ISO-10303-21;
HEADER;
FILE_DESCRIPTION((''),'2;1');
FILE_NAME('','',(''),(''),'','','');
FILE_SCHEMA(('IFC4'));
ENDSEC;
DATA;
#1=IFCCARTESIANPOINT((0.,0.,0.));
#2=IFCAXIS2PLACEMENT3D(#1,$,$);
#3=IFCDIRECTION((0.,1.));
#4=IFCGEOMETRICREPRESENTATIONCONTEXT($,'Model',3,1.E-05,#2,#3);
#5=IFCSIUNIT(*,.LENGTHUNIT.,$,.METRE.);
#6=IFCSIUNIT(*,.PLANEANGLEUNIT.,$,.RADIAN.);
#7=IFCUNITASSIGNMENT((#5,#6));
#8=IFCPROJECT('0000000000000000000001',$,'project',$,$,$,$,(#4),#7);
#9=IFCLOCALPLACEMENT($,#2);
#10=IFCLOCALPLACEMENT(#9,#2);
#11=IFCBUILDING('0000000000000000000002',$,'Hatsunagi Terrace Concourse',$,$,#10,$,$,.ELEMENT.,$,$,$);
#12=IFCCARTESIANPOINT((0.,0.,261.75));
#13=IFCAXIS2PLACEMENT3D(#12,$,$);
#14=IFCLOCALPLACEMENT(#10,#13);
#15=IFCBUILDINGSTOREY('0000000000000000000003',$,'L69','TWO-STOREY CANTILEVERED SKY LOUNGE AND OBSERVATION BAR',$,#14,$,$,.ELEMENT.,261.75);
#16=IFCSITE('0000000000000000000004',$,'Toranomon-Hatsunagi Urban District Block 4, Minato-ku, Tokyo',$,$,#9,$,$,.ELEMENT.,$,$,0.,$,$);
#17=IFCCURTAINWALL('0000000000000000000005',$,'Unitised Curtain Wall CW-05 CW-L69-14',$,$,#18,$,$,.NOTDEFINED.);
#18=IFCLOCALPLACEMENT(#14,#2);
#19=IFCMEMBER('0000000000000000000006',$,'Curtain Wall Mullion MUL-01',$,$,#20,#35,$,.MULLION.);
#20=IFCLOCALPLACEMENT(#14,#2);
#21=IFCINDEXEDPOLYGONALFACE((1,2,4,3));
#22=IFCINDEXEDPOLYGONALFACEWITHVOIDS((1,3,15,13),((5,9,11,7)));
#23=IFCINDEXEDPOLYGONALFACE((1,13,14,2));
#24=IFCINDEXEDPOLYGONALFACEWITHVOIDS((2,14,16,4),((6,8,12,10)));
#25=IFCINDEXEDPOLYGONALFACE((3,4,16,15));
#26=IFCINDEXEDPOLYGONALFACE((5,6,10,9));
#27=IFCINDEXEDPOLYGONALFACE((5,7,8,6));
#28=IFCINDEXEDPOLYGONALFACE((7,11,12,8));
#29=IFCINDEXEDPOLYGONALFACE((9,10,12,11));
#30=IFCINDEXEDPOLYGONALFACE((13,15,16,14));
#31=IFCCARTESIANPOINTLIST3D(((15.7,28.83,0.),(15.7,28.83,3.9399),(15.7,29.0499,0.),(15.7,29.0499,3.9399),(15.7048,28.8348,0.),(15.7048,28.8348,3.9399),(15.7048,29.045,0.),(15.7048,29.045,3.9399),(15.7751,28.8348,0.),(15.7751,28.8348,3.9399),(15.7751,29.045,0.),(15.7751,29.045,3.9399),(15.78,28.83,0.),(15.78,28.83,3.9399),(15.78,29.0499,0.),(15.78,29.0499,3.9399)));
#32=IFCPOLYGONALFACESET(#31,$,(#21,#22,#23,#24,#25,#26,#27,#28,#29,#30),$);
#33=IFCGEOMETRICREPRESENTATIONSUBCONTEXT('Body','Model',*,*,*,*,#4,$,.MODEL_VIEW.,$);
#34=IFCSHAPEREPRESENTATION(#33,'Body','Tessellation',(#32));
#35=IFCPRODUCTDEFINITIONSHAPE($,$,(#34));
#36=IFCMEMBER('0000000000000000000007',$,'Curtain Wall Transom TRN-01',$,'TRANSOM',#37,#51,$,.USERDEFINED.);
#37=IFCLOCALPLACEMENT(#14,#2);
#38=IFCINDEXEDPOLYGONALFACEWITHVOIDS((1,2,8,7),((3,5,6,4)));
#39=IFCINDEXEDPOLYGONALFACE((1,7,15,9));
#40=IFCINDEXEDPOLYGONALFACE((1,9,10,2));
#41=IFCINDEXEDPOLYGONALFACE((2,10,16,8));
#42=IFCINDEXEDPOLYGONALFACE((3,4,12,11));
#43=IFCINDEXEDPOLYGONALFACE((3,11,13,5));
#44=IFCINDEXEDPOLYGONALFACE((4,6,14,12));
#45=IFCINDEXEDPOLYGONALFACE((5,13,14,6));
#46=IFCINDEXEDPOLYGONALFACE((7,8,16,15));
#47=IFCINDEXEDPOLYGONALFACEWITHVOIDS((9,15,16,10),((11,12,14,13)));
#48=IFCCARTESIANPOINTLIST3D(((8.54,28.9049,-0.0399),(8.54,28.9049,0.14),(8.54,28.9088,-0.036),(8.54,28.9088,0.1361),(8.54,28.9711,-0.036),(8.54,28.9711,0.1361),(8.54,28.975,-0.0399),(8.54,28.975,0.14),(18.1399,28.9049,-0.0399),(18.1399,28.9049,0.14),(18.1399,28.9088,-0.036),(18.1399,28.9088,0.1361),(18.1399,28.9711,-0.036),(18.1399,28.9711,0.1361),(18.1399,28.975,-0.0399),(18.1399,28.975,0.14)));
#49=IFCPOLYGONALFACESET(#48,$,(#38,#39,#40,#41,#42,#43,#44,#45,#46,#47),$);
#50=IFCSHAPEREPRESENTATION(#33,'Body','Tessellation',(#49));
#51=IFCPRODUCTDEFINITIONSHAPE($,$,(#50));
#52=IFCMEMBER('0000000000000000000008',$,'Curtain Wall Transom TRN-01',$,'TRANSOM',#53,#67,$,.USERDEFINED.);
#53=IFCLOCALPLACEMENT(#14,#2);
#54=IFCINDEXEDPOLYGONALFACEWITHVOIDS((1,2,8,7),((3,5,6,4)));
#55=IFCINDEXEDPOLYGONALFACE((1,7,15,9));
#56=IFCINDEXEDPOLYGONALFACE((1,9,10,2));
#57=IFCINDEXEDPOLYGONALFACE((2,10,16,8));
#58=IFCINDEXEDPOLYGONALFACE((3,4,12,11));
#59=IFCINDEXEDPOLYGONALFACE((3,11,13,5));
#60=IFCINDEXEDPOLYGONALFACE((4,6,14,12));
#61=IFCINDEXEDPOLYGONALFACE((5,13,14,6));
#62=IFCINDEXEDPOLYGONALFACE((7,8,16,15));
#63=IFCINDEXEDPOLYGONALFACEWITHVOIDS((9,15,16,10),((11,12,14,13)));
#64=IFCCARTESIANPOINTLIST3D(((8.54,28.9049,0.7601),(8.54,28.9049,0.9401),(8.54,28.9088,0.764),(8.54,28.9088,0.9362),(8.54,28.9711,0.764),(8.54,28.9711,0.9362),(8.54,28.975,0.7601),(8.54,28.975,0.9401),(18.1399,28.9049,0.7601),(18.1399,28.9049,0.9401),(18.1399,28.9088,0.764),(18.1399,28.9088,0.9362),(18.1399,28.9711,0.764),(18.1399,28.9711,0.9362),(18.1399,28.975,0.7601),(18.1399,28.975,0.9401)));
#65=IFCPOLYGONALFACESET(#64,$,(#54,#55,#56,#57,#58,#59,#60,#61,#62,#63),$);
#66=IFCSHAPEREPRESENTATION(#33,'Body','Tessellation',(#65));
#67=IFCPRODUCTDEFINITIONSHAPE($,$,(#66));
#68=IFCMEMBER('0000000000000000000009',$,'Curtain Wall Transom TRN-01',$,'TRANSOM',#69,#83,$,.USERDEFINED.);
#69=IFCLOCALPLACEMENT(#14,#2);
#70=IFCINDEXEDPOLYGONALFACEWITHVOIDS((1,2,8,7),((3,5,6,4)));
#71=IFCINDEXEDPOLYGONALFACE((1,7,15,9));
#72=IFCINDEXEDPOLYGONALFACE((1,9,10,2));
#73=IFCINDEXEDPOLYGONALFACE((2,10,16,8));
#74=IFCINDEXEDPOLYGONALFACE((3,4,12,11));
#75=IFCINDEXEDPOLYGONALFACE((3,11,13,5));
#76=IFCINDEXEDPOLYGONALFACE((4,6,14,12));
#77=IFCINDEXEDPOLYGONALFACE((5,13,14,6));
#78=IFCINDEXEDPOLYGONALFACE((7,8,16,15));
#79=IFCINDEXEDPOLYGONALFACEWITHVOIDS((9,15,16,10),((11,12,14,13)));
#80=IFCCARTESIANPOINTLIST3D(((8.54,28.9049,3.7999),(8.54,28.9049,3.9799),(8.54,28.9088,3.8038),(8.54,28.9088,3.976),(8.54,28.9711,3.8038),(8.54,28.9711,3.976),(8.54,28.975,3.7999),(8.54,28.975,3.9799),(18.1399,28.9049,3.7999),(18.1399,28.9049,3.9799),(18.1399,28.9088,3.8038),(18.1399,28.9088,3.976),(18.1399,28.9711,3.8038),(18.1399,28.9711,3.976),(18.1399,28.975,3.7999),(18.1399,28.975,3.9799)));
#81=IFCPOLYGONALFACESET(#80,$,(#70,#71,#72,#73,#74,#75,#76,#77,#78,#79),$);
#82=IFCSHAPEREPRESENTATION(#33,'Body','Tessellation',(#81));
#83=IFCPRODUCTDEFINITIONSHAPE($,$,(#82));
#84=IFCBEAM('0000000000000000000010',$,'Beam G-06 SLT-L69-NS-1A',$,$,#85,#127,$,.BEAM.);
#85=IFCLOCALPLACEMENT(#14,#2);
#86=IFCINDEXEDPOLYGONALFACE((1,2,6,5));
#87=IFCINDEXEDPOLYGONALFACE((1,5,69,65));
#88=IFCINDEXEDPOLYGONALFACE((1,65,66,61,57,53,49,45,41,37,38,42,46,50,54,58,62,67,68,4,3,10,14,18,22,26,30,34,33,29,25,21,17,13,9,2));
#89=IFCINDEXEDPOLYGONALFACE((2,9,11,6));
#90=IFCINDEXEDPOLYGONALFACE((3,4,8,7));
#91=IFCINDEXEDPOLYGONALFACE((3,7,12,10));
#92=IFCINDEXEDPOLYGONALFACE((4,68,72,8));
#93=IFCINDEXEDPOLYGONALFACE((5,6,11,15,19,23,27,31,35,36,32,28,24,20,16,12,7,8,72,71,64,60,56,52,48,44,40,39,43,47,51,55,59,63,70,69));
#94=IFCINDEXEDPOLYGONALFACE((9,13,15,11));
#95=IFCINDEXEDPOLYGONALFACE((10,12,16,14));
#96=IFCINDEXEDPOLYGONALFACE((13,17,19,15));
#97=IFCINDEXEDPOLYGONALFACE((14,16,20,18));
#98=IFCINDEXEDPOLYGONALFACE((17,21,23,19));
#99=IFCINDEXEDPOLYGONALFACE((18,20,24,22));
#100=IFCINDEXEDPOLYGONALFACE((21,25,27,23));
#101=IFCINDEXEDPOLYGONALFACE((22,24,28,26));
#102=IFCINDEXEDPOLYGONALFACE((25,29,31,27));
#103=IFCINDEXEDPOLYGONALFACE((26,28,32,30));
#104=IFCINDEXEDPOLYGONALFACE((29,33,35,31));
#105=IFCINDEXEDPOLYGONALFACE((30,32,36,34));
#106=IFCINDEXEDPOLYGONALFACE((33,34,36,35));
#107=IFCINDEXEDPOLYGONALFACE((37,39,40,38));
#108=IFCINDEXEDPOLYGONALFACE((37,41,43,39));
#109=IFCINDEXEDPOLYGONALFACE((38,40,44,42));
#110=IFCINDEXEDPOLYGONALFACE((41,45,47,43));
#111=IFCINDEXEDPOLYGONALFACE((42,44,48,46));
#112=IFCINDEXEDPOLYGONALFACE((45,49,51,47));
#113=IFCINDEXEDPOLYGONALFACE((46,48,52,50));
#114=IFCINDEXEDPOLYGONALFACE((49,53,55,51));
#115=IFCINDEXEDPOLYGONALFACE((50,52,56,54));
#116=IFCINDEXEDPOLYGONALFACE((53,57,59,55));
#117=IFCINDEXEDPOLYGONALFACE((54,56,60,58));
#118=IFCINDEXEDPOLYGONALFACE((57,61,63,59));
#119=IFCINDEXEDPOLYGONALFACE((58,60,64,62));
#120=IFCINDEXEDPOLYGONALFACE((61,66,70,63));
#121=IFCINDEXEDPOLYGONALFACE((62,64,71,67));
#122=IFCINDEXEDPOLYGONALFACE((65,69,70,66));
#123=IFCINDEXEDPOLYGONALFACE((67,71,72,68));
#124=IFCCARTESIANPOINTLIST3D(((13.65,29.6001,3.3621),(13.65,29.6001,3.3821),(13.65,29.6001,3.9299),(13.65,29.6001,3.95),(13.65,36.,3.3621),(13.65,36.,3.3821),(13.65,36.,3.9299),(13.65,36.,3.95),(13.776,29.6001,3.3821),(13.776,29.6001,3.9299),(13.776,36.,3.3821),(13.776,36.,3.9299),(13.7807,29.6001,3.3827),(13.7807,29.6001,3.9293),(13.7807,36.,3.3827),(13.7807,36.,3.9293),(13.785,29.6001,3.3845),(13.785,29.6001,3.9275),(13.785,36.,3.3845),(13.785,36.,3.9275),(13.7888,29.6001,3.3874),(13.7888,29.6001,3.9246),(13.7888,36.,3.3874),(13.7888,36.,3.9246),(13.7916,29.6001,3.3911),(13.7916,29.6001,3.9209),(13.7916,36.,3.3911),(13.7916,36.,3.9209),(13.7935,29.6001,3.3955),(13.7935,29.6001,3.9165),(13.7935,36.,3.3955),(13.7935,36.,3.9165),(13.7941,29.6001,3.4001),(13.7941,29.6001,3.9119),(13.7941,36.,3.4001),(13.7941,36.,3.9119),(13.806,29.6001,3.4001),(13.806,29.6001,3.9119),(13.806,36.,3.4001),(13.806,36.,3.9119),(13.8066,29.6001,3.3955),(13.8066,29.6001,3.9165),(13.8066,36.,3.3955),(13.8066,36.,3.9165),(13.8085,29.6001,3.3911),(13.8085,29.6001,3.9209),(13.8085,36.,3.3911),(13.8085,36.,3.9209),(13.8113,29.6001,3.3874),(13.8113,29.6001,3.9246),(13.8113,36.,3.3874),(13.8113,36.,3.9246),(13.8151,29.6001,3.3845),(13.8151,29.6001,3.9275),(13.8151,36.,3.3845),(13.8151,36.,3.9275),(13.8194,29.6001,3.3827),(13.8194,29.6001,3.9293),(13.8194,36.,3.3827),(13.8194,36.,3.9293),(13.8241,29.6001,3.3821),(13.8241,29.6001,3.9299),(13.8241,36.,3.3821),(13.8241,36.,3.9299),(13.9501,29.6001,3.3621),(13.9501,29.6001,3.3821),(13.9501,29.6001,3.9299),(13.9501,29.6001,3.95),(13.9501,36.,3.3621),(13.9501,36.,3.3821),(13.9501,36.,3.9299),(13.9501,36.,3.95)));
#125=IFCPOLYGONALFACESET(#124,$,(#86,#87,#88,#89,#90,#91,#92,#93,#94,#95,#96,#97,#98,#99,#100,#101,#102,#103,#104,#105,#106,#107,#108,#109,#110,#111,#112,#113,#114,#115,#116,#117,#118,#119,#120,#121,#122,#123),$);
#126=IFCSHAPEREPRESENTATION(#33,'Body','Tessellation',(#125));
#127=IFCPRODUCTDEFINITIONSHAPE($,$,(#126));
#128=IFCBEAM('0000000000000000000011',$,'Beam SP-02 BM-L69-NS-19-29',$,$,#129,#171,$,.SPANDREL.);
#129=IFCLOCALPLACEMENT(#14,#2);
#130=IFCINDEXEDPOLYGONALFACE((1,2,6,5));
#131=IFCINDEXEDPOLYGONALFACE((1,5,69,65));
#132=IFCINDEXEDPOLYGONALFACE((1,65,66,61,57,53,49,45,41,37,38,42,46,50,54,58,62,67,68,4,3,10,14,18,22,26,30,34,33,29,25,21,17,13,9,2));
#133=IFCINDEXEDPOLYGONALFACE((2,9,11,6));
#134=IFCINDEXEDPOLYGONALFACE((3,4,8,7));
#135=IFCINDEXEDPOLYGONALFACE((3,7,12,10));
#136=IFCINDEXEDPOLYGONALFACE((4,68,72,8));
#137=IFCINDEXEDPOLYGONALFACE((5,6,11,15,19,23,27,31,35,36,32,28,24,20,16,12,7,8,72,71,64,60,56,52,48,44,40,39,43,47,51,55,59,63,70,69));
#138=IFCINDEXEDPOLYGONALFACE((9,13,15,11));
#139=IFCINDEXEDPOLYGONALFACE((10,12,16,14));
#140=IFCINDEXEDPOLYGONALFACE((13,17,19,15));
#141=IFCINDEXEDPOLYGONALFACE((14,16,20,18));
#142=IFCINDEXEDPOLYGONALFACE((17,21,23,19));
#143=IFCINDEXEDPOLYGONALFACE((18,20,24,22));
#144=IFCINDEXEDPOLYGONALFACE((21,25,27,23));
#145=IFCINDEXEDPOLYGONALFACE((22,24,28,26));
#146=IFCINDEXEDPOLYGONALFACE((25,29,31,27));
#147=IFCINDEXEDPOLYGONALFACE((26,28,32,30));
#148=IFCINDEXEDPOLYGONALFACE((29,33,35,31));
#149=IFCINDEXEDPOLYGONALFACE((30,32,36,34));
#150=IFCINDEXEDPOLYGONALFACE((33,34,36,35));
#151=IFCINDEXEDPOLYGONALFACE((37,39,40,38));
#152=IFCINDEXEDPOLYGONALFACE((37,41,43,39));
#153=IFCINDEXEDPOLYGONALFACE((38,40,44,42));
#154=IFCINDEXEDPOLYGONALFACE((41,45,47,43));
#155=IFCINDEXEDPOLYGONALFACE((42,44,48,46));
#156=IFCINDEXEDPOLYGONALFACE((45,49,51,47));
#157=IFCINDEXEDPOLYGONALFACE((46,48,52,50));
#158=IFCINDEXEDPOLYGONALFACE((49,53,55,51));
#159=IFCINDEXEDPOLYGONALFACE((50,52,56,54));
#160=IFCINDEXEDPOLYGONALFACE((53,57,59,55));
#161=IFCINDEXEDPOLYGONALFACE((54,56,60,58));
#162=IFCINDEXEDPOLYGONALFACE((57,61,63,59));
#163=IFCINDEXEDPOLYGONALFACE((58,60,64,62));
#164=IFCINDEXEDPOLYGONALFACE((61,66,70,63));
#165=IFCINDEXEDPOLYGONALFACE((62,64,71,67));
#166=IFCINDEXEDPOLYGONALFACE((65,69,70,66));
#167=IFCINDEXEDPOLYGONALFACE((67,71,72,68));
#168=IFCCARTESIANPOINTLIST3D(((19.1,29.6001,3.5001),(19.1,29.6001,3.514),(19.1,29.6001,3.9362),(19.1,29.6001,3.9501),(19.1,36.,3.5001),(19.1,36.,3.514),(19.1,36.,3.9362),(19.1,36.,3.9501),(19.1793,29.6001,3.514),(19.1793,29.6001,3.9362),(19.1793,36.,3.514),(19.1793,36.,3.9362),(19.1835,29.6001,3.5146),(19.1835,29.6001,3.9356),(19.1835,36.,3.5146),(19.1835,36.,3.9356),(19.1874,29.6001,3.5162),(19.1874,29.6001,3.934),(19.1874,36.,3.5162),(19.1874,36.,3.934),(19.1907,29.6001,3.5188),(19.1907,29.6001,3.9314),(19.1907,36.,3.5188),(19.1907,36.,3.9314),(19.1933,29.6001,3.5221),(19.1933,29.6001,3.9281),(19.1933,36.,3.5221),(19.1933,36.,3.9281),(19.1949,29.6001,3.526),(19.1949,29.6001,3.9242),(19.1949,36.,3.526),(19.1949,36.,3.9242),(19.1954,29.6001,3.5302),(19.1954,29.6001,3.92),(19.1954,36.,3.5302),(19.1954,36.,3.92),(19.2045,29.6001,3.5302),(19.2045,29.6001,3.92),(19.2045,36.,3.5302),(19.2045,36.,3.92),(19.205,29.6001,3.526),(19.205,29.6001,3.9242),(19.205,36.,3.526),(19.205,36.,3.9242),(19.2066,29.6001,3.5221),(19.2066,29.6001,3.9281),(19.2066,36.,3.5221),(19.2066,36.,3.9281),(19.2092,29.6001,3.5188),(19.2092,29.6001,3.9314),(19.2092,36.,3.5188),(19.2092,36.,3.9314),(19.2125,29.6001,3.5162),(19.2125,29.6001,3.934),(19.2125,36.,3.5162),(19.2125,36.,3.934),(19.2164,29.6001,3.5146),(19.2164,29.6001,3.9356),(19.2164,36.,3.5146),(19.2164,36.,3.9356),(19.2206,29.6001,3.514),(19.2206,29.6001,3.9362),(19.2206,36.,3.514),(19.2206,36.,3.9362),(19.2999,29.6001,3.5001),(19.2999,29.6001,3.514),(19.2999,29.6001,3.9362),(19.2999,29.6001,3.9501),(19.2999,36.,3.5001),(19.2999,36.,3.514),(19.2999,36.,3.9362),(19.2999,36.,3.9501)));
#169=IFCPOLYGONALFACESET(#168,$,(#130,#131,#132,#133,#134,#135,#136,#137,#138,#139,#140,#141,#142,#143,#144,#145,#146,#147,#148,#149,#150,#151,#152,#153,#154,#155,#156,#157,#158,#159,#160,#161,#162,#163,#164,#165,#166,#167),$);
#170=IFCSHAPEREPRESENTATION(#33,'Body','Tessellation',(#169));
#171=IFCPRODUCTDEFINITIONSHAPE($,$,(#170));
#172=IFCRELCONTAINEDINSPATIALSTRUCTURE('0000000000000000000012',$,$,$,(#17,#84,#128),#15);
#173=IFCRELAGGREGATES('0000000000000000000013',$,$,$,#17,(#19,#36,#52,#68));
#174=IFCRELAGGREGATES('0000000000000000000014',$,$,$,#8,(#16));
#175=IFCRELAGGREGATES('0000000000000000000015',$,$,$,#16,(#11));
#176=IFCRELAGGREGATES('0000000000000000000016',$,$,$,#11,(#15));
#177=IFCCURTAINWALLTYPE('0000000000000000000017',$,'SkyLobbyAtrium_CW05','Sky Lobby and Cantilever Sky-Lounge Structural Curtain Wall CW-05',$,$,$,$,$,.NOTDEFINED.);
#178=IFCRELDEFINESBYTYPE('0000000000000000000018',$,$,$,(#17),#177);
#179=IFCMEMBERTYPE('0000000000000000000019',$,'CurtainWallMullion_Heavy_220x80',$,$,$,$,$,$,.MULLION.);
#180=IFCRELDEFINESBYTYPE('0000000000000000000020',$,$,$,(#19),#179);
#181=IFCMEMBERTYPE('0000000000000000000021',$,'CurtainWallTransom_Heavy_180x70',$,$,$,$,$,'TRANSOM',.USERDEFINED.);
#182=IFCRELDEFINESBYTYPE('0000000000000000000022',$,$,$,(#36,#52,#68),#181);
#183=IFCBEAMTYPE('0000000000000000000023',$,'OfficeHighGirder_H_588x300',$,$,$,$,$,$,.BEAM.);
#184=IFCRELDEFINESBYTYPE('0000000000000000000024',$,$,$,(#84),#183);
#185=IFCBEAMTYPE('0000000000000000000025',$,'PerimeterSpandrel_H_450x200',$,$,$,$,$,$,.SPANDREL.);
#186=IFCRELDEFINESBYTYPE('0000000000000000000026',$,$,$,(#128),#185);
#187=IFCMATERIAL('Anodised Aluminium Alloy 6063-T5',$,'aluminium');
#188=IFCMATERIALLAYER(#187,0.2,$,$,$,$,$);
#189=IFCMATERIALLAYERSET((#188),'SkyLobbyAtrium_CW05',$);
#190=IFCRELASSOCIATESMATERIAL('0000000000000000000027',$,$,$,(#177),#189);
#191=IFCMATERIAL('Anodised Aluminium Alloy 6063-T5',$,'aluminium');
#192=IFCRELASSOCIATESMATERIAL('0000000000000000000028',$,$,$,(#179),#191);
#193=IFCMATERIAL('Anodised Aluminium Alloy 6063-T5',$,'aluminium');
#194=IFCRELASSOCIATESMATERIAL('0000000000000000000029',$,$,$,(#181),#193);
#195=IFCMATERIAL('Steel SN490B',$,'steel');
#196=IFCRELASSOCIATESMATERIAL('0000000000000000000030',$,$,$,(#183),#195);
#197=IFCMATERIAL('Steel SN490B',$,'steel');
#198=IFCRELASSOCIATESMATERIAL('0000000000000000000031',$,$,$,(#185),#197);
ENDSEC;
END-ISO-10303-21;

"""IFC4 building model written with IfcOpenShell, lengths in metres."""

from ifc_helpers import new_model, si_unit, direction, frame, origin, origin_2d, place, context, subcontext, project, spatial, hollow_rectangle, i_section, extrude, material, layer, layer_set, material_profile, profile_set, type_object, element, aggregate, save


model = new_model("IFC4")

# Units and contexts
model_context = context("Model", 3, precision=1e-05, world=origin(), true_north=direction((0.0, 1.0)))
body_context = subcontext(model_context, "Body", "Model", "MODEL_VIEW")
ifc_project = project(units=[si_unit("LENGTHUNIT", "METRE"), si_unit("PLANEANGLEUNIT", "RADIAN")], contexts=[model_context])

# Site, building, storey
site_placement = place(None, origin())
site = spatial("IfcSite", under=ifc_project, at=site_placement, Name="Toranomon-Hatsunagi Urban District Block 4, Minato-ku, Tokyo", CompositionType="ELEMENT", RefElevation=0.0)
building_placement = place(site_placement, origin())
building = spatial("IfcBuilding", under=site, at=building_placement, Name="Hatsunagi Terrace Concourse", CompositionType="ELEMENT")
storey_placement = place(building_placement, frame((0.0, 0.0, 261.75)))
storey = spatial("IfcBuildingStorey", under=building, at=storey_placement, Name="L69", Description="TWO-STOREY CANTILEVERED SKY LOUNGE AND OBSERVATION BAR", CompositionType="ELEMENT", Elevation=261.75)

# Shared definitions
ifc_material_1 = material(Name="Anodised Aluminium Alloy 6063-T5", Category="aluminium")
ifc_layer_1 = layer(ifc_material_1, 0.2)
ifc_layer_set_1 = layer_set([ifc_layer_1], Name="SkyLobbyAtrium_CW05")
curtain_wall_type = type_object("IfcCurtainWallType", Name="SkyLobbyAtrium_CW05", Description="Sky Lobby and Cantilever Sky-Lounge Structural Curtain Wall CW-05", PredefinedType="NOTDEFINED", material=ifc_layer_set_1)
ifc_material_2 = material(Name="Anodised Aluminium Alloy 6063-T5", Category="aluminium")
ifc_material_profile_1 = material_profile(ifc_material_2, hollow_rectangle(XDim=0.0801, YDim=0.22, WallThickness=0.0049, at=origin_2d()), Name="ALU-MUL-220x80x5")
ifc_profile_set_1 = profile_set([ifc_material_profile_1], Name="Anodised Aluminium Alloy 6063-T5")
member_type_1 = type_object("IfcMemberType", Name="CurtainWallMullion_Heavy_220x80", PredefinedType="MULLION", material=ifc_profile_set_1)

# Curtain wall, members
curtain_wall_1_placement = place(storey_placement, origin())
curtain_wall_1 = element("IfcCurtainWall", 1, at=curtain_wall_1_placement, inside=storey, type_object=curtain_wall_type, Name="Unitised Curtain Wall CW-05 CW-L69-14", PredefinedType="NOTDEFINED")
member_1_placement = place(storey_placement, frame((15.74, 28.9399, 0.0), z_axis=(0.0, 0.0, 1.0), x_axis=(-1.0, 0.0, 0.0)))
member_1 = element("IfcMember", 2, at=member_1_placement, type_object=member_type_1, Name="Curtain Wall Mullion MUL-01", PredefinedType="MULLION", context=body_context, shape_type="SweptSolid", body=[
    extrude(hollow_rectangle(XDim=0.0801, YDim=0.22, WallThickness=0.0049, at=origin_2d()), origin(), (0.0, 0.0, 1.0), 3.9399),
])
ifc_material_3 = material(Name="Anodised Aluminium Alloy 6063-T5", Category="aluminium")
ifc_material_profile_2 = material_profile(ifc_material_3, hollow_rectangle(XDim=0.0701, YDim=0.1799, WallThickness=0.0039, at=origin_2d()), Name="ALU-TRN-180x70x4")
ifc_profile_set_2 = profile_set([ifc_material_profile_2], Name="Anodised Aluminium Alloy 6063-T5")
member_type_2 = type_object("IfcMemberType", Name="CurtainWallTransom_Heavy_180x70", ElementType="TRANSOM", PredefinedType="USERDEFINED", material=ifc_profile_set_2)
member_2_placement = place(storey_placement, frame((18.1399, 28.9399, 0.05), z_axis=(-1.0, 0.0, 0.0), x_axis=(0.0, -1.0, 0.0)))
member_2 = element("IfcMember", 3, at=member_2_placement, type_object=member_type_2, Name="Curtain Wall Transom TRN-01", ObjectType="TRANSOM", PredefinedType="USERDEFINED", context=body_context, shape_type="SweptSolid", body=[
    extrude(hollow_rectangle(XDim=0.0701, YDim=0.1799, WallThickness=0.0039, at=origin_2d()), origin(), (0.0, 0.0, 1.0), 9.5999),
])
member_3_placement = place(storey_placement, frame((18.1399, 28.9399, 0.8501), z_axis=(-1.0, 0.0, 0.0), x_axis=(0.0, -1.0, 0.0)))
member_3 = element("IfcMember", 4, at=member_3_placement, type_object=member_type_2, Name="Curtain Wall Transom TRN-01", ObjectType="TRANSOM", PredefinedType="USERDEFINED", context=body_context, shape_type="SweptSolid", body=[
    extrude(hollow_rectangle(XDim=0.0701, YDim=0.1799, WallThickness=0.0039, at=origin_2d()), origin(), (0.0, 0.0, 1.0), 9.5999),
])
member_4_placement = place(storey_placement, frame((18.1399, 28.9399, 3.8899), z_axis=(-1.0, 0.0, 0.0), x_axis=(0.0, -1.0, 0.0)))
member_4 = element("IfcMember", 5, at=member_4_placement, type_object=member_type_2, Name="Curtain Wall Transom TRN-01", ObjectType="TRANSOM", PredefinedType="USERDEFINED", context=body_context, shape_type="SweptSolid", body=[
    extrude(hollow_rectangle(XDim=0.0701, YDim=0.1799, WallThickness=0.0039, at=origin_2d()), origin(), (0.0, 0.0, 1.0), 9.5999),
])

# Beams
ifc_material_4 = material(Name="Steel SN490B", Category="steel")
ifc_material_profile_3 = material_profile(ifc_material_4, i_section(OverallWidth=0.3, OverallDepth=0.5879, WebThickness=0.012, FlangeThickness=0.02, FilletRadius=0.0181, at=origin_2d()), Name="H-588x300x12x20")
ifc_profile_set_3 = profile_set([ifc_material_profile_3], Name="Steel SN490B")
beam_type_1 = type_object("IfcBeamType", Name="OfficeHighGirder_H_588x300", PredefinedType="BEAM", material=ifc_profile_set_3)
beam_1_placement = place(storey_placement, frame((13.8, 29.6001, 3.656), z_axis=(0.0, 1.0, 0.0), x_axis=(-1.0, 0.0, 0.0)))
element("IfcBeam", 6, at=beam_1_placement, inside=storey, type_object=beam_type_1, Name="Beam G-06 SLT-L69-NS-1A", PredefinedType="BEAM", context=body_context, shape_type="SweptSolid", body=[
    extrude(i_section(OverallWidth=0.3, OverallDepth=0.5879, WebThickness=0.012, FlangeThickness=0.02, FilletRadius=0.0181, at=origin_2d()), origin(), (0.0, 0.0, 1.0), 6.3999),
])
ifc_material_5 = material(Name="Steel SN490B", Category="steel")
ifc_material_profile_4 = material_profile(ifc_material_5, i_section(OverallWidth=0.2, OverallDepth=0.45, WebThickness=0.009, FlangeThickness=0.0139, FilletRadius=0.0161, at=origin_2d()), Name="H-450x200x9x14")
ifc_profile_set_4 = profile_set([ifc_material_profile_4], Name="Steel SN490B")
beam_type_2 = type_object("IfcBeamType", Name="PerimeterSpandrel_H_450x200", PredefinedType="SPANDREL", material=ifc_profile_set_4)
beam_2_placement = place(storey_placement, frame((19.2, 29.6001, 3.7251), z_axis=(0.0, 1.0, 0.0), x_axis=(-1.0, 0.0, 0.0)))
element("IfcBeam", 7, at=beam_2_placement, inside=storey, type_object=beam_type_2, Name="Beam SP-02 BM-L69-NS-19-29", PredefinedType="SPANDREL", context=body_context, shape_type="SweptSolid", body=[
    extrude(i_section(OverallWidth=0.2, OverallDepth=0.45, WebThickness=0.009, FlangeThickness=0.0139, FilletRadius=0.0161, at=origin_2d()), origin(), (0.0, 0.0, 1.0), 6.3999),
])

aggregate(curtain_wall_1, [member_1, member_2, member_3, member_4])

save(model, "model.ifc")
